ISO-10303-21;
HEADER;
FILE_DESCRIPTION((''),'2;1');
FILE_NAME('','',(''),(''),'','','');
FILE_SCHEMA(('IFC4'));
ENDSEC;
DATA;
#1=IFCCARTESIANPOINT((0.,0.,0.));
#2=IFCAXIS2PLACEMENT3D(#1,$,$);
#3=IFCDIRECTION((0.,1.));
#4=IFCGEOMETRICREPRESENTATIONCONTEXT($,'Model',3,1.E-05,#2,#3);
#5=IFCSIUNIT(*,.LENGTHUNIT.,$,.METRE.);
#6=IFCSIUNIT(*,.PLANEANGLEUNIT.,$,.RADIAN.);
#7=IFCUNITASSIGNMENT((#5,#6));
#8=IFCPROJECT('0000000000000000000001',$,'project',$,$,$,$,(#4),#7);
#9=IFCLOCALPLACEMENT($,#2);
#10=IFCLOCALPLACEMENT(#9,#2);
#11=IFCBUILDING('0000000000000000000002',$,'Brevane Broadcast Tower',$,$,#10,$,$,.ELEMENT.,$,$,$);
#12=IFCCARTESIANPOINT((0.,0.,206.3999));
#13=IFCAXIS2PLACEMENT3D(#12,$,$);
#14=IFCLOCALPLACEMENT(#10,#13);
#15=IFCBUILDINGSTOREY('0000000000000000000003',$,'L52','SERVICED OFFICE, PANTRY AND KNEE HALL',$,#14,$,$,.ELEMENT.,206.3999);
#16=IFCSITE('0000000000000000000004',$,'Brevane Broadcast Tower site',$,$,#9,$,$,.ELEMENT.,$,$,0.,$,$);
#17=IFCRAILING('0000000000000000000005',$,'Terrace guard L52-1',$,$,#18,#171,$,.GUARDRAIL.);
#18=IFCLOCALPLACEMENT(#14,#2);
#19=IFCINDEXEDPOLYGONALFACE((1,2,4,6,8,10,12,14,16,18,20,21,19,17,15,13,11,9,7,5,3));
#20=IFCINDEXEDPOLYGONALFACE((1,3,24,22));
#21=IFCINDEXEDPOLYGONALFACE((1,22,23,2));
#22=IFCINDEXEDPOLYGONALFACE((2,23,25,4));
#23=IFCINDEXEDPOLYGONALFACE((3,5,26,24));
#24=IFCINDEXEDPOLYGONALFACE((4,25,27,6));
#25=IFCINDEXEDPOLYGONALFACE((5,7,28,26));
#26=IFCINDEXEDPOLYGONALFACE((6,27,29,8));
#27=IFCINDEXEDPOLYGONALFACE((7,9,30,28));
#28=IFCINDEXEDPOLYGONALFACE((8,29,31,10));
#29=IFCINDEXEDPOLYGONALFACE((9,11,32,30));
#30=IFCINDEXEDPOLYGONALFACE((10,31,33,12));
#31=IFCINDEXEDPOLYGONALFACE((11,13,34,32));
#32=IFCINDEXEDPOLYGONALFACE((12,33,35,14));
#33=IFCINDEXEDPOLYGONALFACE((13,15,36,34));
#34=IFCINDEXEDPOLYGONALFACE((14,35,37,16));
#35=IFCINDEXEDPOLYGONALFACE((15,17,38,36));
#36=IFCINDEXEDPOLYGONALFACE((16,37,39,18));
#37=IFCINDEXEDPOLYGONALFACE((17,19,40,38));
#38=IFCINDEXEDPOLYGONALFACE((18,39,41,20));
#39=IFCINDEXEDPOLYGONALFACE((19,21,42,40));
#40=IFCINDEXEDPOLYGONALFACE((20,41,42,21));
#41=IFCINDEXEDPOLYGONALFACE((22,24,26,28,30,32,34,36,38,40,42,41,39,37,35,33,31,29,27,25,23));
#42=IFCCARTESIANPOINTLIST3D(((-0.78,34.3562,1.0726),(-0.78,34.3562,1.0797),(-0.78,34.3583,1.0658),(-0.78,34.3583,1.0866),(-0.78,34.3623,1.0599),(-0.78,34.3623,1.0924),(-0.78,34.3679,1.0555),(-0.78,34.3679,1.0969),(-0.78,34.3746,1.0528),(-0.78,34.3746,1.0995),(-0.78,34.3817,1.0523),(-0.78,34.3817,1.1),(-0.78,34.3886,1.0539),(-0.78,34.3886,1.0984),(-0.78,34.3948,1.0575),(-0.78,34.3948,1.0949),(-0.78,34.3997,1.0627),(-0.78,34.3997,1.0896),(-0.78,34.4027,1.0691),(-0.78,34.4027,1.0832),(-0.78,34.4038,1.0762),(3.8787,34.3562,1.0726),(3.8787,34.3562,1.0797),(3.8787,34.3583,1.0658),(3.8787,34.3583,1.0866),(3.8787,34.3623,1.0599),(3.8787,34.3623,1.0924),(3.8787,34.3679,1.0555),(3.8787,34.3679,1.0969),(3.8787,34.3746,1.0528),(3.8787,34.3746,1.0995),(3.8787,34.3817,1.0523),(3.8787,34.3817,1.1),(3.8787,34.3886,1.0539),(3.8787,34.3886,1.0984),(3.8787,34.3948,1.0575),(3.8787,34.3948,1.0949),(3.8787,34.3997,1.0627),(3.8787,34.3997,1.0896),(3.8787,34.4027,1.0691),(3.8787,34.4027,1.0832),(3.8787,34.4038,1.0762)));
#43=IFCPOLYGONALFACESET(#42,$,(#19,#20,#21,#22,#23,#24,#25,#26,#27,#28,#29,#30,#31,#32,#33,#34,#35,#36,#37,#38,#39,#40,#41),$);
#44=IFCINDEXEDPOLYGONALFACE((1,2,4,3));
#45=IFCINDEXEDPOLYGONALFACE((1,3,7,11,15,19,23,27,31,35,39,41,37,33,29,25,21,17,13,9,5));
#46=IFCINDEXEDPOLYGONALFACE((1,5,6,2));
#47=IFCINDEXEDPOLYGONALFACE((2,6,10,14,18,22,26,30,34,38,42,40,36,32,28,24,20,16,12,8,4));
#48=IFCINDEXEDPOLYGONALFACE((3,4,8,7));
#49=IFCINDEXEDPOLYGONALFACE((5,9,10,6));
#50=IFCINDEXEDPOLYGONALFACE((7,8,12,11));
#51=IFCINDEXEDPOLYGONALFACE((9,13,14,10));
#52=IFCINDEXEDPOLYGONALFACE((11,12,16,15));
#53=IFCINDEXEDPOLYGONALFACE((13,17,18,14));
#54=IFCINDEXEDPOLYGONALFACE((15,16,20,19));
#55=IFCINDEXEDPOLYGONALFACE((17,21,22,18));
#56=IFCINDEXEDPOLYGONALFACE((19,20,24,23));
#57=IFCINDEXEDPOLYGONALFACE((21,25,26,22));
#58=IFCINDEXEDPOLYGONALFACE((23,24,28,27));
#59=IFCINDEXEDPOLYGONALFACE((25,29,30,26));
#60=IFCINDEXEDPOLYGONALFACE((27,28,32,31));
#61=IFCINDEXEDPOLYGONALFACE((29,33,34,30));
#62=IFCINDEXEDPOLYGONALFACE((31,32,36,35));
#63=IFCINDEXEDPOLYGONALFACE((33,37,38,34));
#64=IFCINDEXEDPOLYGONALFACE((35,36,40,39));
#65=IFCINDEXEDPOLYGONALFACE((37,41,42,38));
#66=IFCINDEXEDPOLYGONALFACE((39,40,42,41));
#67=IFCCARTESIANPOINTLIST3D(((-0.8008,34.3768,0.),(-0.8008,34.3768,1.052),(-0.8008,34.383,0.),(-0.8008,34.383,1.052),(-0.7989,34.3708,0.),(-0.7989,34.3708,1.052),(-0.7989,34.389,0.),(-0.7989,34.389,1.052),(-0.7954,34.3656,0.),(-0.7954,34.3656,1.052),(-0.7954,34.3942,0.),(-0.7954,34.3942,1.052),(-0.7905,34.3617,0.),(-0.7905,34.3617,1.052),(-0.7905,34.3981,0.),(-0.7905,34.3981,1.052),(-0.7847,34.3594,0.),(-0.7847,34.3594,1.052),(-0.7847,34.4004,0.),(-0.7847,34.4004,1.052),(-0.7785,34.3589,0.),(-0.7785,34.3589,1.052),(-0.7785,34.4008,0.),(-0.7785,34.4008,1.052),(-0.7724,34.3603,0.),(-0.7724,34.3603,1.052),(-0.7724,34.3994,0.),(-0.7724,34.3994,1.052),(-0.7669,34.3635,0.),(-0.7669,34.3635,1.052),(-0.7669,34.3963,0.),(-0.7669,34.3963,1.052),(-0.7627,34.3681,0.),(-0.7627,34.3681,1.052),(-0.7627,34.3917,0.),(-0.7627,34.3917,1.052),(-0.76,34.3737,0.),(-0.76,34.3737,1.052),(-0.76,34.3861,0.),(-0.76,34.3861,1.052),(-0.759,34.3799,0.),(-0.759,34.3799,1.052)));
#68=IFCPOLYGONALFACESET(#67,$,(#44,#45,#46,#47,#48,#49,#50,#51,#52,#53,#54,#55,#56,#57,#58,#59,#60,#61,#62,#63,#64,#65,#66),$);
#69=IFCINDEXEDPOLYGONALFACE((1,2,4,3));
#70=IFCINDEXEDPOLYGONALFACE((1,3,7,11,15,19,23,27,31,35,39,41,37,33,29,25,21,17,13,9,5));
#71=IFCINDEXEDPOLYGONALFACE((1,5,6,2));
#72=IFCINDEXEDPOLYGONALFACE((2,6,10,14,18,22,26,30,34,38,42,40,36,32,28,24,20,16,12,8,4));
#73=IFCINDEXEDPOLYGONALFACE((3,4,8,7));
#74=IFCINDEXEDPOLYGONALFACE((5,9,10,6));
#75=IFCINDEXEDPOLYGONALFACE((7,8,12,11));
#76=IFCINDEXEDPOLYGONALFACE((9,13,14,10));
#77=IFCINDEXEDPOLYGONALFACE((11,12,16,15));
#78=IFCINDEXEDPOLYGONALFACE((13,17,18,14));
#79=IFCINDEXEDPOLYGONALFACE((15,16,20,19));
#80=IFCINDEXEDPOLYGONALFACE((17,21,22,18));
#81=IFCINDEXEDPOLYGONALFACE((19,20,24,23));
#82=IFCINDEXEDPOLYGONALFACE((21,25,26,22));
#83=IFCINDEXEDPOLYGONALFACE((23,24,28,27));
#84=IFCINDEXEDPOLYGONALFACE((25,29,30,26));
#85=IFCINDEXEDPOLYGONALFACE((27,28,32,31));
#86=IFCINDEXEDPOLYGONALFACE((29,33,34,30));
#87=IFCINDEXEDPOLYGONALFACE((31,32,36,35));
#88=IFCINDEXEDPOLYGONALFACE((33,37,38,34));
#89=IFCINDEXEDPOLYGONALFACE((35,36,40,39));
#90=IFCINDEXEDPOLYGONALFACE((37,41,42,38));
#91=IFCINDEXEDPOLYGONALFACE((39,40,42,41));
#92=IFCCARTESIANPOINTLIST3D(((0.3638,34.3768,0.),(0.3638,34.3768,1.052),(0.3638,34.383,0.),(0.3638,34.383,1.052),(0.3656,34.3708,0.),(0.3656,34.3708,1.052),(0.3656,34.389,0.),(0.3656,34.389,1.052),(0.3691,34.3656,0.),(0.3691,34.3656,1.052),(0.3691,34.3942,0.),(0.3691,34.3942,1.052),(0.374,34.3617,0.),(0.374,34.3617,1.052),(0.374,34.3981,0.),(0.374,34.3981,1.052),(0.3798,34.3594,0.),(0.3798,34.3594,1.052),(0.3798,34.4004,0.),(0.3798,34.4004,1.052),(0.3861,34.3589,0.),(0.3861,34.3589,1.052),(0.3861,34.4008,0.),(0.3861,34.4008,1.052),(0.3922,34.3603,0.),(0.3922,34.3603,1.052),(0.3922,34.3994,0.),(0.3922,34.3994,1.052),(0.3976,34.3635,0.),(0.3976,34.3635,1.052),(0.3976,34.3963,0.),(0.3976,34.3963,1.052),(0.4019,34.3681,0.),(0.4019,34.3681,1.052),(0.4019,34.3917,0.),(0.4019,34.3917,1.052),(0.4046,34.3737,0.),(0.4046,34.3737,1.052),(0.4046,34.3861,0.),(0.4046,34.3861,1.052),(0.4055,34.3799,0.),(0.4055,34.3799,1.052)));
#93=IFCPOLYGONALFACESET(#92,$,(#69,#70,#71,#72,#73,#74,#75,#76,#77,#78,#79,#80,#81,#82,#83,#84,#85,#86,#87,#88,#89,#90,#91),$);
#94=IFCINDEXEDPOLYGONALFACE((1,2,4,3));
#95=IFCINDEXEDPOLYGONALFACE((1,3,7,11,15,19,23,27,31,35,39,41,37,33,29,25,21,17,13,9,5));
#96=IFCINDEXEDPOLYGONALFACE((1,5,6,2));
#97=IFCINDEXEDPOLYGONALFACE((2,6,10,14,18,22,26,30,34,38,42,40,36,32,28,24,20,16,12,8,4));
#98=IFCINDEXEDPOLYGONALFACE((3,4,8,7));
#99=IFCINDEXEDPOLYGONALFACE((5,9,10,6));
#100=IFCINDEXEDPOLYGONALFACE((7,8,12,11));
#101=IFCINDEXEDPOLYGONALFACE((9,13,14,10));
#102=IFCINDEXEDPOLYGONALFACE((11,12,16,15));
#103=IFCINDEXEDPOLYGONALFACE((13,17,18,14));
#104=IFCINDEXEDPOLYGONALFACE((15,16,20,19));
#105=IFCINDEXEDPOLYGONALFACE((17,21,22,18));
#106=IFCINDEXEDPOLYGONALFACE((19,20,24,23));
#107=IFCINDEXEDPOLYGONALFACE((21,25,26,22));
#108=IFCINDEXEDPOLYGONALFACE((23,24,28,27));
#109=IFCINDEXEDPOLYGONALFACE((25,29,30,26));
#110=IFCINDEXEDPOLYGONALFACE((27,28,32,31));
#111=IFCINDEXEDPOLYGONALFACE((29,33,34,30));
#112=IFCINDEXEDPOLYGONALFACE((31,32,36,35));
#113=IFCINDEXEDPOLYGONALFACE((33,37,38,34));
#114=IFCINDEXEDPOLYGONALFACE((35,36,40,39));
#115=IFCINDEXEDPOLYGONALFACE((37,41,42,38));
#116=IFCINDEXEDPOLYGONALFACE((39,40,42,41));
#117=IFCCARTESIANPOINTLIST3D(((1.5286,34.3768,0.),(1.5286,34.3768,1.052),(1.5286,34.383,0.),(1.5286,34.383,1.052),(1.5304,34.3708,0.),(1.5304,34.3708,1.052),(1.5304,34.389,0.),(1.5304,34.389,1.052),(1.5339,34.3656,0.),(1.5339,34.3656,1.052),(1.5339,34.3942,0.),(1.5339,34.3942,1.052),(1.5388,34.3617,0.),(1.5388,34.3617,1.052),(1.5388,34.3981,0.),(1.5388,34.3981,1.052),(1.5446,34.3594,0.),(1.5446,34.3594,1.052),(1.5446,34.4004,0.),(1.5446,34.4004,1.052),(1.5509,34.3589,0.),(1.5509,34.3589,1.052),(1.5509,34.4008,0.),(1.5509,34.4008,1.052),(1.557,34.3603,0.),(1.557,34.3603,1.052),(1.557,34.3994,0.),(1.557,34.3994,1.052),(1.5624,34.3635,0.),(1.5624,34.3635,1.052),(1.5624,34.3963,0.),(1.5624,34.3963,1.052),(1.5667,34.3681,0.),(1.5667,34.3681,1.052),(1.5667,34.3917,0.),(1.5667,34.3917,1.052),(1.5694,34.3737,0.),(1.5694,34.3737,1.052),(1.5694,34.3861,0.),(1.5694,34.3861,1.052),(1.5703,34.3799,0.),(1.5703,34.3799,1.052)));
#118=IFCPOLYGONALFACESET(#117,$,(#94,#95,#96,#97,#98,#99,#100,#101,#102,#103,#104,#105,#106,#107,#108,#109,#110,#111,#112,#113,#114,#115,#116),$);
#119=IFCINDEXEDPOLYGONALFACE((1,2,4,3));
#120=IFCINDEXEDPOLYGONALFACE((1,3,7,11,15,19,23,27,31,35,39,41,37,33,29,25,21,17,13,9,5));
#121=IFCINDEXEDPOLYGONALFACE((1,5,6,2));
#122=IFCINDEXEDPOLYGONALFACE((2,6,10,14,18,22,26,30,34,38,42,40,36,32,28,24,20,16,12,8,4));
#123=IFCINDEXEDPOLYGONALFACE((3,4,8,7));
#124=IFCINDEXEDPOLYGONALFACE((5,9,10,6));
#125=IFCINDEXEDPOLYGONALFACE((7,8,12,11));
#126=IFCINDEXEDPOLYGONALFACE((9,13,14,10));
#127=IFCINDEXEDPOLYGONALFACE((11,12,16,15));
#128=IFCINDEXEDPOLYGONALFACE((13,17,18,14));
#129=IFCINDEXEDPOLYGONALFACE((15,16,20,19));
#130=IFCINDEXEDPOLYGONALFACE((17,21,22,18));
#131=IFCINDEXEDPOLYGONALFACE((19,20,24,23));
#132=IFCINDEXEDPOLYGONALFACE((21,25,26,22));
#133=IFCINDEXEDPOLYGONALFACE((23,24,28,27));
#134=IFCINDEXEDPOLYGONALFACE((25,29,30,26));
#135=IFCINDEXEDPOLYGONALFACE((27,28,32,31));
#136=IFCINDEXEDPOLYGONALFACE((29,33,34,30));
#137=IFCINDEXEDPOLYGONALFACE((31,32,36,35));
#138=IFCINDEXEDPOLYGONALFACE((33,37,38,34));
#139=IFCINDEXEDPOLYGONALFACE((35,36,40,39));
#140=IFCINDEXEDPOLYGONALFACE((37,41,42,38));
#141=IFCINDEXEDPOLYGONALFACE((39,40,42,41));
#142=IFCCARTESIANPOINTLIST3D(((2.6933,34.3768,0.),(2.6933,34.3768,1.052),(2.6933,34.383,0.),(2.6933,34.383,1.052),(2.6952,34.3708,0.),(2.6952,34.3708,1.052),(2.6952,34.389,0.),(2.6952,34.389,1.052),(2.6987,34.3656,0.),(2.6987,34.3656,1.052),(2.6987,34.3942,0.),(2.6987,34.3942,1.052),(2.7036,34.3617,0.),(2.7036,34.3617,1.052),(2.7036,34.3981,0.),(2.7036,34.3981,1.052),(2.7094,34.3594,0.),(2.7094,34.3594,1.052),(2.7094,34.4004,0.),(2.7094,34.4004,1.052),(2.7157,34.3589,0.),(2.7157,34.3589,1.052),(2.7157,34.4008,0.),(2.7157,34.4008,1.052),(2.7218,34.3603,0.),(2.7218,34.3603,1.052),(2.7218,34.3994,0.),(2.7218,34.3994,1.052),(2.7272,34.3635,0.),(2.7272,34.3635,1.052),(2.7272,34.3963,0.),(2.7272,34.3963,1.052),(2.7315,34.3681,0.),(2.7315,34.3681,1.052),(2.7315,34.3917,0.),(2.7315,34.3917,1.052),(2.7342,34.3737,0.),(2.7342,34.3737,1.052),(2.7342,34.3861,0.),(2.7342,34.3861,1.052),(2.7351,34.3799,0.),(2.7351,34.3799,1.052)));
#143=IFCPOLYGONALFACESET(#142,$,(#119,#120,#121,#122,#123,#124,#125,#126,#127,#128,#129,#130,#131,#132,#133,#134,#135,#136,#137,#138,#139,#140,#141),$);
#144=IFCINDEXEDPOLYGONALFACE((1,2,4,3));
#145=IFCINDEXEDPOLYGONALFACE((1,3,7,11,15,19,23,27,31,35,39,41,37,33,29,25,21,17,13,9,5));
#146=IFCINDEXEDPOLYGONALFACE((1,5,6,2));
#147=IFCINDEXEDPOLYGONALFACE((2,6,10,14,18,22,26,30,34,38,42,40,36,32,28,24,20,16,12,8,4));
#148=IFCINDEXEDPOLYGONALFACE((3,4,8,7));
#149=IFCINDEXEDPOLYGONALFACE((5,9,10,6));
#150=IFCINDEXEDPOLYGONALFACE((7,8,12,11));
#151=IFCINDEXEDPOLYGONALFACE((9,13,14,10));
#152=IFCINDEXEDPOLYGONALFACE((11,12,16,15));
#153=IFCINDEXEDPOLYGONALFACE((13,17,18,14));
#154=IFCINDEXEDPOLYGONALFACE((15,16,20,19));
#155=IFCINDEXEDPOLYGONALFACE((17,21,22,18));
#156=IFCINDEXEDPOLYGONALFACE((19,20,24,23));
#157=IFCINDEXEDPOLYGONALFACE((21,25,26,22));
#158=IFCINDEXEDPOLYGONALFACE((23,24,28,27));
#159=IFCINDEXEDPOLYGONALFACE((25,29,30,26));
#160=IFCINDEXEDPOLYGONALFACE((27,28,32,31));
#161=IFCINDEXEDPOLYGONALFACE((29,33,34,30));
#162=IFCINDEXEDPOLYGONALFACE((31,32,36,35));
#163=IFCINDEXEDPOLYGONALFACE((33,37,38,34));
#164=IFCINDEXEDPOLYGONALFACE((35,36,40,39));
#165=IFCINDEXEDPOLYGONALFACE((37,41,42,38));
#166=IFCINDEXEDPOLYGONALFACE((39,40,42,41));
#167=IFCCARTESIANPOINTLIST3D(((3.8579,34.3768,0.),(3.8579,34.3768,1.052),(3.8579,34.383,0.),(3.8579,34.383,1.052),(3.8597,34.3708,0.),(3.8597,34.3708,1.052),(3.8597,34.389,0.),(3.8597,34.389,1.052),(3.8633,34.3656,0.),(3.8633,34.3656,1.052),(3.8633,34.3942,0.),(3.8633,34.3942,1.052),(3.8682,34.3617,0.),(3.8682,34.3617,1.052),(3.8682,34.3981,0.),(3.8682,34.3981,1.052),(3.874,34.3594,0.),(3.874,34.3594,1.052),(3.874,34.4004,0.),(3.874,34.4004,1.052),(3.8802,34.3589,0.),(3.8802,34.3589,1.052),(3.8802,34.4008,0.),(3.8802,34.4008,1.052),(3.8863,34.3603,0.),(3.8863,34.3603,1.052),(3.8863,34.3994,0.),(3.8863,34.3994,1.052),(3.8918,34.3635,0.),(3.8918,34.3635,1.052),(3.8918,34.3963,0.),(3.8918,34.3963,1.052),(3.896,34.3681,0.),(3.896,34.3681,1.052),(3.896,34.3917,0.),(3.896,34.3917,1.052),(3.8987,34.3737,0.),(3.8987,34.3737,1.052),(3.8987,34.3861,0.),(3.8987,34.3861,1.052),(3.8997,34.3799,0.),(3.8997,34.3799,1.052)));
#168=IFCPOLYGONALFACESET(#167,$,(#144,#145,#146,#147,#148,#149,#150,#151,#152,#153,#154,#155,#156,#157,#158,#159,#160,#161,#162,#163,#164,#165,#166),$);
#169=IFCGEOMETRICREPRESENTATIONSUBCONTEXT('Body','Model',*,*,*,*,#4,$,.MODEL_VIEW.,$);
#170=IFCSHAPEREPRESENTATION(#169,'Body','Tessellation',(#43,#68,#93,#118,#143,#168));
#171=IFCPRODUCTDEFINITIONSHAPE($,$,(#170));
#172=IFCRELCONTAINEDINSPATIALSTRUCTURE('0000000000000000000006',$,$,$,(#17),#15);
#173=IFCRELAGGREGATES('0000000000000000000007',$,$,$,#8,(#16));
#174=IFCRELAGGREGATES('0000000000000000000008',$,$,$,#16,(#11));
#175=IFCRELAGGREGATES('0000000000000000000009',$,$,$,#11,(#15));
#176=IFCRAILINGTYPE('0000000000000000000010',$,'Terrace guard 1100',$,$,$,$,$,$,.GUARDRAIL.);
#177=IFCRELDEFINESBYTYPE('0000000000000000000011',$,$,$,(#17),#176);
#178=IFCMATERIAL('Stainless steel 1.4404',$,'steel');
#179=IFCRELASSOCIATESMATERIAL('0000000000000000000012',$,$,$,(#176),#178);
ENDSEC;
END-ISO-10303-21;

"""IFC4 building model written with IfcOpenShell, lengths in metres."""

from ifc_helpers import new_model, si_unit, direction, frame, origin, origin_2d, place, context, subcontext, project, spatial, circle, extrude, material, type_object, element, save


model = new_model("IFC4")

# Units and contexts
model_context = context("Model", 3, precision=1e-05, world=origin(), true_north=direction((0.0, 1.0)))
body_context = subcontext(model_context, "Body", "Model", "MODEL_VIEW")
ifc_project = project(units=[si_unit("LENGTHUNIT", "METRE"), si_unit("PLANEANGLEUNIT", "RADIAN")], contexts=[model_context])

# Site, building, storey
site_placement = place(None, origin())
site = spatial("IfcSite", under=ifc_project, at=site_placement, Name="Brevane Broadcast Tower site", CompositionType="ELEMENT", RefElevation=0.0)
building_placement = place(site_placement, origin())
building = spatial("IfcBuilding", under=site, at=building_placement, Name="Brevane Broadcast Tower", CompositionType="ELEMENT")
storey_placement = place(building_placement, frame((0.0, 0.0, 206.3999)))
storey = spatial("IfcBuildingStorey", under=building, at=storey_placement, Name="L52", Description="SERVICED OFFICE, PANTRY AND KNEE HALL", CompositionType="ELEMENT", Elevation=206.3999)

# Railing
ifc_material_1 = material(Name="Stainless steel 1.4404", Category="steel")
railing_type_1 = type_object("IfcRailingType", Name="Terrace guard 1100", PredefinedType="GUARDRAIL", material=ifc_material_1)
railing_1_placement = place(storey_placement, frame((-0.78, 34.3799, 0.0)))
element("IfcRailing", 1, at=railing_1_placement, inside=storey, type_object=railing_type_1, Name="Terrace guard L52-1", PredefinedType="GUARDRAIL", context=body_context, shape_type="SweptSolid", body=[
    extrude(circle(Radius=0.0239, at=origin_2d()), frame((0.0, 0.0, 1.0762), z_axis=(1.0, 0.0, 0.0), x_axis=(0.0, 1.0, 0.0)), (0.0, 0.0, 1.0), 4.6587),
    extrude(circle(Radius=0.021, at=origin_2d()), origin(), (0.0, 0.0, 1.0), 1.052),
    extrude(circle(Radius=0.021, at=origin_2d()), frame((1.1646, 0.0, 0.0)), (0.0, 0.0, 1.0), 1.052),
    extrude(circle(Radius=0.021, at=origin_2d()), frame((2.3293, 0.0, 0.0)), (0.0, 0.0, 1.0), 1.052),
    extrude(circle(Radius=0.021, at=origin_2d()), frame((3.4941, 0.0, 0.0)), (0.0, 0.0, 1.0), 1.052),
    extrude(circle(Radius=0.021, at=origin_2d()), frame((4.6587, 0.0, 0.0)), (0.0, 0.0, 1.0), 1.052),
])

save(model, "model.ifc")
